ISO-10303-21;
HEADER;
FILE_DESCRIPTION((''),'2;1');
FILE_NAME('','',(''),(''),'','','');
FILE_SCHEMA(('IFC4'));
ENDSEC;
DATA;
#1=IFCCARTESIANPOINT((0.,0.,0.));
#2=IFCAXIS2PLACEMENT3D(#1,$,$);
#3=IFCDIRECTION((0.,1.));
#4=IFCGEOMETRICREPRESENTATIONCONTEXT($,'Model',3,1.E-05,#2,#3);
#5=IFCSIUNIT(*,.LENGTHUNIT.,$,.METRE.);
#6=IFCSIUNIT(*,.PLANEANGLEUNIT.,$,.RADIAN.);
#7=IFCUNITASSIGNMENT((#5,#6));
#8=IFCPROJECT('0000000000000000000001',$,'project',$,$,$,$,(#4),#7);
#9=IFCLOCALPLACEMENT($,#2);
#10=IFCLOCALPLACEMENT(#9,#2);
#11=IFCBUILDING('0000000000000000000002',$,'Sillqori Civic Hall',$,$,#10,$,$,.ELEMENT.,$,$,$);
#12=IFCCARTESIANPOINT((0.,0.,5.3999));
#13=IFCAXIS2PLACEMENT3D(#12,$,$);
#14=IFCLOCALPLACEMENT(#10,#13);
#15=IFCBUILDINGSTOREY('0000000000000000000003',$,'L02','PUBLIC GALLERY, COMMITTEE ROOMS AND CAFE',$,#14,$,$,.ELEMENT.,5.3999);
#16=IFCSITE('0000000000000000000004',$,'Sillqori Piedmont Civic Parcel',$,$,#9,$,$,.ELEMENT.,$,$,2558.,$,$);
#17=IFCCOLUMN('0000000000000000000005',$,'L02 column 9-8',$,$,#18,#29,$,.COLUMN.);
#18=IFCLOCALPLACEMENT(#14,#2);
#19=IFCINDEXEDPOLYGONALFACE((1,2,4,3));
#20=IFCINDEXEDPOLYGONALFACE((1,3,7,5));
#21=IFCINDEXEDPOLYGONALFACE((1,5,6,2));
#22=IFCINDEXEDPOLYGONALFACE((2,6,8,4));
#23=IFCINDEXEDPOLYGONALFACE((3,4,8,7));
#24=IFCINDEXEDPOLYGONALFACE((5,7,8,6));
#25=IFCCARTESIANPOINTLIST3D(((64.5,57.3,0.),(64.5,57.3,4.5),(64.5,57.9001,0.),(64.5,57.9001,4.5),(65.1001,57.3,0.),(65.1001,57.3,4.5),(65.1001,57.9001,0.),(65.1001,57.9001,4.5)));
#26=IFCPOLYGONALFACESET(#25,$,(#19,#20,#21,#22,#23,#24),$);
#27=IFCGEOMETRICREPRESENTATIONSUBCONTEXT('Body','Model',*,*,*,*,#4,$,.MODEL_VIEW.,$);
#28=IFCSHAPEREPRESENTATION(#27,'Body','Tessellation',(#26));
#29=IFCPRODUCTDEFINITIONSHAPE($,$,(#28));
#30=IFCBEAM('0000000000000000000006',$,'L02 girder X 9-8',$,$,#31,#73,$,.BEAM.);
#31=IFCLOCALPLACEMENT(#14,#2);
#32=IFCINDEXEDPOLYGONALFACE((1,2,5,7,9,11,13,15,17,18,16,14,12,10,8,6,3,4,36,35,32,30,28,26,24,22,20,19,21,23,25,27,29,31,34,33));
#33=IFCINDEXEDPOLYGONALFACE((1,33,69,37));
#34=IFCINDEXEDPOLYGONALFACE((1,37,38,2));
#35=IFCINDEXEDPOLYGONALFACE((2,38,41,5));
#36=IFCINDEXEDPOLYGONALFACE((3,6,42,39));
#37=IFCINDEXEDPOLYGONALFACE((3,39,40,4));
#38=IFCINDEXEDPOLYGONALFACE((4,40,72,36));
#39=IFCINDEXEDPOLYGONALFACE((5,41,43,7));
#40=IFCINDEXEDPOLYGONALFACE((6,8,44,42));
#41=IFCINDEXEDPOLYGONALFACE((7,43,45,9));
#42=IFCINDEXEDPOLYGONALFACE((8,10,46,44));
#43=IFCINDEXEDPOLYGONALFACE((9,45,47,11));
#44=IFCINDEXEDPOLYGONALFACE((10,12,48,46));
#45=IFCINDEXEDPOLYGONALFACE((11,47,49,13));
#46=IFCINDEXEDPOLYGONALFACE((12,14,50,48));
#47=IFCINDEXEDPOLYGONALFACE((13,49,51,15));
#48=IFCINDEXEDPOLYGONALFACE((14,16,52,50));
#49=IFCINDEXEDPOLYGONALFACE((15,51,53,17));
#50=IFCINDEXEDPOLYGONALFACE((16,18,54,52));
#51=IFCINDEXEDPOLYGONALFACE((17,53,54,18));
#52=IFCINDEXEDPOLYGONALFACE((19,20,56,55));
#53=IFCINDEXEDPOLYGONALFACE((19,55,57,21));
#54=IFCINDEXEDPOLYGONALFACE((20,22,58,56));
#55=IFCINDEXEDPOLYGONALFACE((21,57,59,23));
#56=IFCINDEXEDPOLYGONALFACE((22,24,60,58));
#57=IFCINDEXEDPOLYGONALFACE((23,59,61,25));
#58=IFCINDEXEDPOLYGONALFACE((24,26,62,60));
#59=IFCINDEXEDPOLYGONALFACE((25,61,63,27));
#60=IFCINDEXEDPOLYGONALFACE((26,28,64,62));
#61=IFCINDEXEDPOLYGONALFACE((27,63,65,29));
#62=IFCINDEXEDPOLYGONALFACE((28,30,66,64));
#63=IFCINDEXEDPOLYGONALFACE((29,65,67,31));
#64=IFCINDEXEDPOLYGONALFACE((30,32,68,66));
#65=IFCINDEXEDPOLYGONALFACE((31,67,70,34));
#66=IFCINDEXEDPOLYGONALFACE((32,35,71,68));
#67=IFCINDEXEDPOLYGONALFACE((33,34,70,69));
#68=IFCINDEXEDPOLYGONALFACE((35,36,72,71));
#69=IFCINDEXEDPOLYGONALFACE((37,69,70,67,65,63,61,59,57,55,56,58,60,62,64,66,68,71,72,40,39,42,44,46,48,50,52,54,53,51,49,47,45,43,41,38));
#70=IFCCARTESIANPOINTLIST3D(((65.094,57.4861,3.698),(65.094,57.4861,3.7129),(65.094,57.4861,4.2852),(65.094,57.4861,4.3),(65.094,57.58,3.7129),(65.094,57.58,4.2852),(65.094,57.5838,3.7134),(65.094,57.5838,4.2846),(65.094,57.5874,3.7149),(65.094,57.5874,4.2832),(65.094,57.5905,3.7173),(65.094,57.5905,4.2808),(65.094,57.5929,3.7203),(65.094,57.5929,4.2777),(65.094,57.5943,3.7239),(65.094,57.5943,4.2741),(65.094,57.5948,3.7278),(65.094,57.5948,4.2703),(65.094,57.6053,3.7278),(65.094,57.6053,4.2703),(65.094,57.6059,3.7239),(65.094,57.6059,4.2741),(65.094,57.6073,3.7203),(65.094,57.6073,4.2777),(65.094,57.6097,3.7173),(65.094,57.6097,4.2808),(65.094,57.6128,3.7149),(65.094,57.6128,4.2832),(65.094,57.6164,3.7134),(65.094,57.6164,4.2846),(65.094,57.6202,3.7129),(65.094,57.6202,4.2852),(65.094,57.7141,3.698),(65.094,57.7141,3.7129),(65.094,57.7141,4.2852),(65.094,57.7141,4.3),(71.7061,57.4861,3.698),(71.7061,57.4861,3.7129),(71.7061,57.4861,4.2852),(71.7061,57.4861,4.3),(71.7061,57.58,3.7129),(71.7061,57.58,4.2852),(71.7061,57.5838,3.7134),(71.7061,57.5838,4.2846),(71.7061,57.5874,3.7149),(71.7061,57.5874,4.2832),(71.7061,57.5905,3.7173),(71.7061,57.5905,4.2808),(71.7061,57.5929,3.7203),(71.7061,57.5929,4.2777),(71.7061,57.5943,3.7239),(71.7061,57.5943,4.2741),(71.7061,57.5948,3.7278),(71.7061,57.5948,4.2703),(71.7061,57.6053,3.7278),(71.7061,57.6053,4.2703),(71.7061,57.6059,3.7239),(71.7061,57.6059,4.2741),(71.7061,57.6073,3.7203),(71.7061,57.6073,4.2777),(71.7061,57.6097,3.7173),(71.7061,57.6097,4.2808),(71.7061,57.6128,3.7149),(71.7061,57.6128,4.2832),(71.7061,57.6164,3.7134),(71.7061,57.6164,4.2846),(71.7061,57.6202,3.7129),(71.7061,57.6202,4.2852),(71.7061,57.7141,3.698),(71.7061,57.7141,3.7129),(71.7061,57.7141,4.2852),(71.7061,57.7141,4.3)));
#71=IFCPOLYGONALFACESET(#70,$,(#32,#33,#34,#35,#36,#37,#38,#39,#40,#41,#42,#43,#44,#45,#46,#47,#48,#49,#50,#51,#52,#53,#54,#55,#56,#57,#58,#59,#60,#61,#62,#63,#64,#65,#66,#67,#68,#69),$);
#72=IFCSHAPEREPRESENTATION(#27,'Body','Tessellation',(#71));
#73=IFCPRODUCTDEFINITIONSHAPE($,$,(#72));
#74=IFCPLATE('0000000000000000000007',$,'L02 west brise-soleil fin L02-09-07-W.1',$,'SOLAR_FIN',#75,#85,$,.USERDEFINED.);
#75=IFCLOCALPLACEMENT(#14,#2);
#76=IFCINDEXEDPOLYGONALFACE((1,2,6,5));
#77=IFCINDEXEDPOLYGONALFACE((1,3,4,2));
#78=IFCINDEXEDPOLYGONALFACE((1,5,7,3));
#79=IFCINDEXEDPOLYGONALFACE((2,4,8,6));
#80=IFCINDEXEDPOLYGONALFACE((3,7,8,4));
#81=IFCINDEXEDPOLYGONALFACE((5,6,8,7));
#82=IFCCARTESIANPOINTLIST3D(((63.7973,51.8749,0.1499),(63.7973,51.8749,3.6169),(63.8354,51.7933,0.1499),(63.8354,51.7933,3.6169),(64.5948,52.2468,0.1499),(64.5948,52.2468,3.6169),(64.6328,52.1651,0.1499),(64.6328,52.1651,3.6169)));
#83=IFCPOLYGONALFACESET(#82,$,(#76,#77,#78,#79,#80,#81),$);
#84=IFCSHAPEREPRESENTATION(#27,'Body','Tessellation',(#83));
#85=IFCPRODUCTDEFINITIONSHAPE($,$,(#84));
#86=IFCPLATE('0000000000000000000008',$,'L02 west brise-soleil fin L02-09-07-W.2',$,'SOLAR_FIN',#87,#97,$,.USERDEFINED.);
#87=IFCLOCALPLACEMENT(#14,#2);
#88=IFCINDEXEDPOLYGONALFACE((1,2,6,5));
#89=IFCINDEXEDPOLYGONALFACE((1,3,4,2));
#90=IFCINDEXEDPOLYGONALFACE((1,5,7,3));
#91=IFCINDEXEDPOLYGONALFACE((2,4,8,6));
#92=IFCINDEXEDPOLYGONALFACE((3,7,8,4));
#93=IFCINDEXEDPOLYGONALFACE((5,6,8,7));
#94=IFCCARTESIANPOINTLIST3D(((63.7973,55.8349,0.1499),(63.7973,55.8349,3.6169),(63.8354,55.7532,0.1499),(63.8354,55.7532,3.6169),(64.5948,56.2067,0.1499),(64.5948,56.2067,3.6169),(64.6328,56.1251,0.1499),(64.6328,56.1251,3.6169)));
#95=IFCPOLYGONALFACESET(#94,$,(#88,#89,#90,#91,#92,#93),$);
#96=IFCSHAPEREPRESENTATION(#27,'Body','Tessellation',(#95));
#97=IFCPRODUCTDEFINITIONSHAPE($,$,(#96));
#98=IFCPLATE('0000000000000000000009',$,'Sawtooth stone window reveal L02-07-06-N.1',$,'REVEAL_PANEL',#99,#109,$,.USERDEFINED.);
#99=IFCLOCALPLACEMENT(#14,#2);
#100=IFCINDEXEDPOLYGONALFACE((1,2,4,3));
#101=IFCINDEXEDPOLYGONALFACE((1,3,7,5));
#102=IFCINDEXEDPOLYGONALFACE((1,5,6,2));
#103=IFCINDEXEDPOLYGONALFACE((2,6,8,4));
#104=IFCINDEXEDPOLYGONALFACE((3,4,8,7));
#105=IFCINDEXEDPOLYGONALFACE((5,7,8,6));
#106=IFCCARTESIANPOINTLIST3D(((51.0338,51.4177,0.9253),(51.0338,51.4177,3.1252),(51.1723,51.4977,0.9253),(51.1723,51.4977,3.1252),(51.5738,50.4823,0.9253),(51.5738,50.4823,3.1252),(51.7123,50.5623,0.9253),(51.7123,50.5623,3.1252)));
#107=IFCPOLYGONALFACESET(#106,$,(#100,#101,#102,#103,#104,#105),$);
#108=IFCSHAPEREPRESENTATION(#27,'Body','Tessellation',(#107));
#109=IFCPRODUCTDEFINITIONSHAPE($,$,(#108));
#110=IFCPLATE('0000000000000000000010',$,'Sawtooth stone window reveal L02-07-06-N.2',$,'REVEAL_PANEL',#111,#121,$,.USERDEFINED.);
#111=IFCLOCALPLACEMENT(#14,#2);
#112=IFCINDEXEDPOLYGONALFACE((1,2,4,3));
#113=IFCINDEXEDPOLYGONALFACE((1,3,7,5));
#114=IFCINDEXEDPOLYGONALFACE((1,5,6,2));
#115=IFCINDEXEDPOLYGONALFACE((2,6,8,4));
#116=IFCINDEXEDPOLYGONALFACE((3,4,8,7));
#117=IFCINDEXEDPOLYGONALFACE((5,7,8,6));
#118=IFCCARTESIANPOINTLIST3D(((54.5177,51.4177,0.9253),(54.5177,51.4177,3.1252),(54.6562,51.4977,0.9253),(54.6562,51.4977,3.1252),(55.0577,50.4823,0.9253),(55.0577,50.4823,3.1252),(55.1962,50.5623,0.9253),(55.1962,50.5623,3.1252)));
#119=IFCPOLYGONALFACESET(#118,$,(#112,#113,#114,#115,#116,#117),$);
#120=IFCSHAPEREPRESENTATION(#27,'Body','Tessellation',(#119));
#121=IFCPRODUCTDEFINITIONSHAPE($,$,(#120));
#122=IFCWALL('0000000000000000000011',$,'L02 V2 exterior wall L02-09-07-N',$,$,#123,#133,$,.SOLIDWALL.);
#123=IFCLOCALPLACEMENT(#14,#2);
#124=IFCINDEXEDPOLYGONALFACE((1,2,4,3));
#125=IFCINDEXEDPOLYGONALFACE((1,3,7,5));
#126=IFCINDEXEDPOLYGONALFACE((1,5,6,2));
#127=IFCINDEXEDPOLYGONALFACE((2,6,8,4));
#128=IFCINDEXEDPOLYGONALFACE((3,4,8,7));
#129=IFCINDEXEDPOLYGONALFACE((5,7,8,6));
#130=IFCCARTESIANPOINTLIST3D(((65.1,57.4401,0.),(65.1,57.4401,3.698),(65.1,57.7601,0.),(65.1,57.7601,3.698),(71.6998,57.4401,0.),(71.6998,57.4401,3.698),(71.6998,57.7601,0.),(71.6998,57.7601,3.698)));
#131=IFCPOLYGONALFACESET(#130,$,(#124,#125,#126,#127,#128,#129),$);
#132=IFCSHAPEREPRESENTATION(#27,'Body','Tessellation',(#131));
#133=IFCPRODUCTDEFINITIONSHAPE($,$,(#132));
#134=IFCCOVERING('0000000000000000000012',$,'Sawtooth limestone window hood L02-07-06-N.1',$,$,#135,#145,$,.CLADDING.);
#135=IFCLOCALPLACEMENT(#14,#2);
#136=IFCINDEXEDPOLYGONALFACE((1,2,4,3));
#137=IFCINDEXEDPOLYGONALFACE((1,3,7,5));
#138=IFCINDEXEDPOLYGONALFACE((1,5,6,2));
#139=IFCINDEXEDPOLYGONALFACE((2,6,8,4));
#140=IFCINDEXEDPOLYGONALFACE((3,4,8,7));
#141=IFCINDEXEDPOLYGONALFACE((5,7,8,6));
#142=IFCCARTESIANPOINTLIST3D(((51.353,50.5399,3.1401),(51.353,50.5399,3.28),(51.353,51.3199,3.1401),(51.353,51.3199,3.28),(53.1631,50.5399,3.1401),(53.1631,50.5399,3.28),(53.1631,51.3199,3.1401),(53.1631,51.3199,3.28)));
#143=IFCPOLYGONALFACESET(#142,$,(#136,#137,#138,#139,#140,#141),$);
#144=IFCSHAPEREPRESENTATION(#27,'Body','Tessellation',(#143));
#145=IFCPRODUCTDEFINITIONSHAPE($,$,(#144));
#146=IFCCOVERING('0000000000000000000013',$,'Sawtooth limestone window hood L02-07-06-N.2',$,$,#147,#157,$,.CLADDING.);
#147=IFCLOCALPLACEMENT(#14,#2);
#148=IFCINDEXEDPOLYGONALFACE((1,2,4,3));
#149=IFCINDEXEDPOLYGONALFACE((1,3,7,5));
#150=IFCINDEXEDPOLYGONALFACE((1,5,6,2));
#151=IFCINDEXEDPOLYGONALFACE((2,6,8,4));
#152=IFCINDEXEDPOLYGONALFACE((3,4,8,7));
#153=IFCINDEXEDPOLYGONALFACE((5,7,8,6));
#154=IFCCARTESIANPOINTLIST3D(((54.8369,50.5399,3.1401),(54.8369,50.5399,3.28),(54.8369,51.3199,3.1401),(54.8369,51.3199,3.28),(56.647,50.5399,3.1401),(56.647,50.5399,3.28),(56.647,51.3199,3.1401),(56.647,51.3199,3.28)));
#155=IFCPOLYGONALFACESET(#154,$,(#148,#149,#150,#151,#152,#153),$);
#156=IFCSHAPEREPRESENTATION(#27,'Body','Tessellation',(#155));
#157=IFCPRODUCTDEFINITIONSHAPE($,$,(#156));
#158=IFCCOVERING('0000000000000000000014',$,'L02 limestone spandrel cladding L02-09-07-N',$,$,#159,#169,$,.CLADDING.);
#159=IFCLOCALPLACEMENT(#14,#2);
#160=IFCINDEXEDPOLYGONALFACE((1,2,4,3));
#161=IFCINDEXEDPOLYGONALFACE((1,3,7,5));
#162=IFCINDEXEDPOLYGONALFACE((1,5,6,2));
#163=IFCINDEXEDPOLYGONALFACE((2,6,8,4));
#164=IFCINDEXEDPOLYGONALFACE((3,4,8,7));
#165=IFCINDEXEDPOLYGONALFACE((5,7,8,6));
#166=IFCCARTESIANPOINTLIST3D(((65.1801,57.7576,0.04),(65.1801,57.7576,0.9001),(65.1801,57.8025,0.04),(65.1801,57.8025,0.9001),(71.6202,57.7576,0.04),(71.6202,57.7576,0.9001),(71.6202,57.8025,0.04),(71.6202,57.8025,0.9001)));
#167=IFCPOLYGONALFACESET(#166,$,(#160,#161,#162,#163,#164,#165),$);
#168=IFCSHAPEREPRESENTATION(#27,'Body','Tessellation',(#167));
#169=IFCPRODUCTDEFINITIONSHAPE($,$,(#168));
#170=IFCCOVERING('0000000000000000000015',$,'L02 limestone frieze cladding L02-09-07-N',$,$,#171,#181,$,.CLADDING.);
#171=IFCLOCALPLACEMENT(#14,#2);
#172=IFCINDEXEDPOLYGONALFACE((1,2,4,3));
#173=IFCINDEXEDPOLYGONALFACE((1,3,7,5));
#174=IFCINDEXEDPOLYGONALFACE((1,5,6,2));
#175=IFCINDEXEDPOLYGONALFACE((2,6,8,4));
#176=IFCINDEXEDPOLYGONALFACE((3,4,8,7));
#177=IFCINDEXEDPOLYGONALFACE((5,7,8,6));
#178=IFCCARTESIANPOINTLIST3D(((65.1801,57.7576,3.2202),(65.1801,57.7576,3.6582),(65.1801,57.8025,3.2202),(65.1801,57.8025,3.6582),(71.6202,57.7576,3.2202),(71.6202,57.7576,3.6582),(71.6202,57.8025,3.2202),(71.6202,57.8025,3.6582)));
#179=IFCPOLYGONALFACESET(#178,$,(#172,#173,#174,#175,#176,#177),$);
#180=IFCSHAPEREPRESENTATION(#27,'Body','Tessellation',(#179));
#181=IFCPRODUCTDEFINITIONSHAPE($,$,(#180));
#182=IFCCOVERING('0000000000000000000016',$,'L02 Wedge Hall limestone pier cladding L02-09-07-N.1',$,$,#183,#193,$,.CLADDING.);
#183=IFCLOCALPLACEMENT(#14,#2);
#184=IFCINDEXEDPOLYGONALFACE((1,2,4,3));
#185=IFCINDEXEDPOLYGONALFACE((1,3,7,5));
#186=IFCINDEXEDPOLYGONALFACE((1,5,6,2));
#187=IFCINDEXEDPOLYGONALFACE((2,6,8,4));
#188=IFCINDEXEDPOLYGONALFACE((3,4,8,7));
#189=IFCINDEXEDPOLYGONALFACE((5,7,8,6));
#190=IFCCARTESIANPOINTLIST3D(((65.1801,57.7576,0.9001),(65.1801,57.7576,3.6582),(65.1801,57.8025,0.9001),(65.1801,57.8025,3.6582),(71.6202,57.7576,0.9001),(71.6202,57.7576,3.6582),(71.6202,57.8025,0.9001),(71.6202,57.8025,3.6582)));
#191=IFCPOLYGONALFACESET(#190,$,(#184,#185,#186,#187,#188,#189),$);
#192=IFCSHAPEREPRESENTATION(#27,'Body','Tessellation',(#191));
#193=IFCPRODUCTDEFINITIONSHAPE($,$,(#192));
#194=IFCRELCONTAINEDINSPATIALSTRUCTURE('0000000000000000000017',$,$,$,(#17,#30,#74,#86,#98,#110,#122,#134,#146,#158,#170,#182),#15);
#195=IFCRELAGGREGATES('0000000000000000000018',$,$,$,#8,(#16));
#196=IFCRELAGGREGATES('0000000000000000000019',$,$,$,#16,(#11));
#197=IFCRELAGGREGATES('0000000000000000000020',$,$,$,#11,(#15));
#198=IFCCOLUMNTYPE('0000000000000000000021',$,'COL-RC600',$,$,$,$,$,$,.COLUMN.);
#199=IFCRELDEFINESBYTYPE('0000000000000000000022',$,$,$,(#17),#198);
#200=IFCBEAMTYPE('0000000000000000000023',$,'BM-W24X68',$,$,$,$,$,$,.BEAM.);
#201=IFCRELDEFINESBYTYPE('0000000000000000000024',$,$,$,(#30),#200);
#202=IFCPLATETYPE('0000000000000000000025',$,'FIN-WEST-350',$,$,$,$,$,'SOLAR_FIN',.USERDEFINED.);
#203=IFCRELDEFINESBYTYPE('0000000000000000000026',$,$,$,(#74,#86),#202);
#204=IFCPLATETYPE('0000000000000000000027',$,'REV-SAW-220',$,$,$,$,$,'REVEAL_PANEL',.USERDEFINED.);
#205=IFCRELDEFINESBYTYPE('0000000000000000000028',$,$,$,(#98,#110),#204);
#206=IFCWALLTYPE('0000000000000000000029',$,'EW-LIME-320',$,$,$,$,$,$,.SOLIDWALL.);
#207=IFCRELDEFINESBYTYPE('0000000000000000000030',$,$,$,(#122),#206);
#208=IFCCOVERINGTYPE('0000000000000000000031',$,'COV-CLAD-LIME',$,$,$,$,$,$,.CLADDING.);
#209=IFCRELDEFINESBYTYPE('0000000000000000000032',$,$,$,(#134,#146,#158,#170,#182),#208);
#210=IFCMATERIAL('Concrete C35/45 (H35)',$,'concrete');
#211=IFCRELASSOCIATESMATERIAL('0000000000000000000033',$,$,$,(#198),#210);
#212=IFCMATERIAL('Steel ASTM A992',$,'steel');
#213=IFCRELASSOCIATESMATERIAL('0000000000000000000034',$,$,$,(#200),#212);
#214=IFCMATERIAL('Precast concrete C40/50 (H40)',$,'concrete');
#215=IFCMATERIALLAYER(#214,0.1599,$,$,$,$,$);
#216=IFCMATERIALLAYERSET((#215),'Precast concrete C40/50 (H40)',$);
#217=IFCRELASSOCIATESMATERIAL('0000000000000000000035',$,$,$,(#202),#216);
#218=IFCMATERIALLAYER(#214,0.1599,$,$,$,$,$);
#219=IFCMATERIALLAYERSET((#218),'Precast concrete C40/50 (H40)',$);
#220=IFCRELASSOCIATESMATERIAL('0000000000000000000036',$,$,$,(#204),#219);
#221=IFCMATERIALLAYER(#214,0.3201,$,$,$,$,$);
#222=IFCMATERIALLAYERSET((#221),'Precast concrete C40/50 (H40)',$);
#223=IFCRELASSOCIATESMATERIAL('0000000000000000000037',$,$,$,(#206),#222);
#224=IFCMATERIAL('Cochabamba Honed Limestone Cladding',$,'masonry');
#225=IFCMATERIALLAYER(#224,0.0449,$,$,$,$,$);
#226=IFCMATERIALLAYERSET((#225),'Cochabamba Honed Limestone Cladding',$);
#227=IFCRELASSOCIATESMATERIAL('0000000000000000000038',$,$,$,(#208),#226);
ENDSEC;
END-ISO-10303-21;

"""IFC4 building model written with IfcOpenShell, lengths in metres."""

from ifc_helpers import new_model, si_unit, direction, frame, frame_2d, origin, origin_2d, place, context, subcontext, project, spatial, rectangle, i_section, extrude, material, layer, layer_set, material_profile, profile_set, type_object, element, save


model = new_model("IFC4")

# Units and contexts
model_context = context("Model", 3, precision=1e-05, world=origin(), true_north=direction((0.0, 1.0)))
body_context = subcontext(model_context, "Body", "Model", "MODEL_VIEW")
ifc_project = project(units=[si_unit("LENGTHUNIT", "METRE"), si_unit("PLANEANGLEUNIT", "RADIAN")], contexts=[model_context])

# Site, building, storey
site_placement = place(None, origin())
site = spatial("IfcSite", under=ifc_project, at=site_placement, Name="Sillqori Piedmont Civic Parcel", CompositionType="ELEMENT", RefElevation=2558.0)
building_placement = place(site_placement, origin())
building = spatial("IfcBuilding", under=site, at=building_placement, Name="Sillqori Civic Hall", CompositionType="ELEMENT")
storey_placement = place(building_placement, frame((0.0, 0.0, 5.3999)))
storey = spatial("IfcBuildingStorey", under=building, at=storey_placement, Name="L02", Description="PUBLIC GALLERY, COMMITTEE ROOMS AND CAFE", CompositionType="ELEMENT", Elevation=5.3999)

# Column
ifc_material_1 = material(Name="Concrete C35/45 (H35)", Category="concrete")
ifc_material_profile_1 = material_profile(ifc_material_1, rectangle(XDim=0.6001, YDim=0.6001, at=origin_2d()), Name="RC 600x600")
ifc_profile_set_1 = profile_set([ifc_material_profile_1], Name="Concrete C35/45 (H35)")
column_type = type_object("IfcColumnType", Name="COL-RC600", PredefinedType="COLUMN", material=ifc_profile_set_1)
column_placement = place(storey_placement, frame((64.8, 57.6001, 0.0), z_axis=(0.0, 0.0, 1.0), x_axis=(1.0, 0.0, 0.0)))
element("IfcColumn", 1, at=column_placement, inside=storey, type_object=column_type, Name="L02 column 9-8", PredefinedType="COLUMN", context=body_context, shape_type="SweptSolid", body=[
    extrude(rectangle(XDim=0.6001, YDim=0.6001, at=origin_2d()), origin(), (0.0, 0.0, 1.0), 4.5),
])

# Beam
ifc_material_2 = material(Name="Steel ASTM A992", Category="steel")
ifc_material_profile_2 = material_profile(ifc_material_2, i_section(OverallWidth=0.228, OverallDepth=0.6021, WebThickness=0.0105, FlangeThickness=0.0149, FilletRadius=0.0149, at=origin_2d()), Name="W24X68")
ifc_profile_set_2 = profile_set([ifc_material_profile_2], Name="Steel ASTM A992")
beam_type = type_object("IfcBeamType", Name="BM-W24X68", PredefinedType="BEAM", material=ifc_profile_set_2)
beam_placement = place(storey_placement, frame((65.094, 57.6001, 3.999), z_axis=(1.0, 0.0, 0.0), x_axis=(0.0, 1.0, 0.0)))
element("IfcBeam", 2, at=beam_placement, inside=storey, type_object=beam_type, Name="L02 girder X 9-8", PredefinedType="BEAM", context=body_context, shape_type="SweptSolid", body=[
    extrude(i_section(OverallWidth=0.228, OverallDepth=0.6021, WebThickness=0.0105, FlangeThickness=0.0149, FilletRadius=0.0149, at=origin_2d()), origin(), (0.0, 0.0, 1.0), 6.6121),
])

# Plates
ifc_material_3 = material(Name="Precast concrete C40/50 (H40)", Category="concrete")
ifc_layer_1 = layer(ifc_material_3, 0.1599)
ifc_layer_set_1 = layer_set([ifc_layer_1], Name="Precast concrete C40/50 (H40)")
plate_type_1 = type_object("IfcPlateType", Name="FIN-WEST-350", ElementType="SOLAR_FIN", PredefinedType="USERDEFINED", material=ifc_layer_set_1)
for number, where, z_axis, x_axis, name in (
    (3, (64.2151, 52.02, 0.1499), (0.0, 0.0, 1.0), (-0.422618, 0.906308, 0.0), "L02 west brise-soleil fin L02-09-07-W.1"),
    (4, (64.2151, 55.98, 0.1499), (0.0, 0.0, 1.0), (-0.422618, 0.906308, 0.0), "L02 west brise-soleil fin L02-09-07-W.2"),
):
    element("IfcPlate", number, at=place(storey_placement, frame(where, z_axis=z_axis, x_axis=x_axis)), inside=storey, type_object=plate_type_1, Name=name, ObjectType="SOLAR_FIN", PredefinedType="USERDEFINED", context=body_context, shape_type="SweptSolid", body=[
        extrude(rectangle(XDim=0.0901, YDim=0.8799, at=origin_2d()), origin(), (0.0, 0.0, 1.0), 3.467),
    ])
ifc_layer_2 = layer(ifc_material_3, 0.1599)
ifc_layer_set_2 = layer_set([ifc_layer_2], Name="Precast concrete C40/50 (H40)")
plate_type_2 = type_object("IfcPlateType", Name="REV-SAW-220", ElementType="REVEAL_PANEL", PredefinedType="USERDEFINED", material=ifc_layer_set_2)
for number, where, z_axis, x_axis, name in (
    (5, (51.373, 50.99, 0.9253), (0.0, 0.0, 1.0), (0.866025, 0.5, 0.0), "Sawtooth stone window reveal L02-07-06-N.1"),
    (6, (54.8569, 50.99, 0.9253), (0.0, 0.0, 1.0), (0.866025, 0.5, 0.0), "Sawtooth stone window reveal L02-07-06-N.2"),
):
    element("IfcPlate", number, at=place(storey_placement, frame(where, z_axis=z_axis, x_axis=x_axis)), inside=storey, type_object=plate_type_2, Name=name, ObjectType="REVEAL_PANEL", PredefinedType="USERDEFINED", context=body_context, shape_type="SweptSolid", body=[
        extrude(rectangle(XDim=0.1599, YDim=1.0801, at=origin_2d()), origin(), (0.0, 0.0, 1.0), 2.2),
    ])

# Wall
ifc_layer_3 = layer(ifc_material_3, 0.3201)
ifc_layer_set_3 = layer_set([ifc_layer_3], Name="Precast concrete C40/50 (H40)")
wall_type = type_object("IfcWallType", Name="EW-LIME-320", PredefinedType="SOLIDWALL", material=ifc_layer_set_3)
wall_placement = place(storey_placement, frame((65.1001, 57.6001, 0.0), z_axis=(0.0, 0.0, 1.0), x_axis=(1.0, 0.0, 0.0)))
element("IfcWall", 7, at=wall_placement, inside=storey, type_object=wall_type, Name="L02 V2 exterior wall L02-09-07-N", PredefinedType="SOLIDWALL", context=body_context, shape_type="SweptSolid", body=[
    extrude(rectangle(XDim=6.5999, YDim=0.3201, at=frame_2d((3.2998, 0.0))), origin(), (0.0, 0.0, 1.0), 3.698),
])

# Coverings
ifc_material_4 = material(Name="Cochabamba Honed Limestone Cladding", Category="masonry")
ifc_layer_4 = layer(ifc_material_4, 0.0449)
ifc_layer_set_4 = layer_set([ifc_layer_4], Name="Cochabamba Honed Limestone Cladding")
covering_type = type_object("IfcCoveringType", Name="COV-CLAD-LIME", PredefinedType="CLADDING", material=ifc_layer_set_4)
for number, where, z_axis, x_axis, name in (
    (8, (51.353, 50.9299, 3.1401), (0.0, 0.0, 1.0), (1.0, 0.0, 0.0), "Sawtooth limestone window hood L02-07-06-N.1"),
    (9, (54.8369, 50.9299, 3.1401), (0.0, 0.0, 1.0), (1.0, 0.0, 0.0), "Sawtooth limestone window hood L02-07-06-N.2"),
):
    element("IfcCovering", number, at=place(storey_placement, frame(where, z_axis=z_axis, x_axis=x_axis)), inside=storey, type_object=covering_type, Name=name, PredefinedType="CLADDING", context=body_context, shape_type="SweptSolid", body=[
        extrude(rectangle(XDim=1.8101, YDim=0.78, at=frame_2d((0.905, 0.0))), origin(), (0.0, 0.0, 1.0), 0.1399),
    ])
covering_1_placement = place(storey_placement, frame((65.1799, 57.78, 0.04), z_axis=(0.0, 0.0, 1.0), x_axis=(1.0, 0.0, 0.0)))
element("IfcCovering", 10, at=covering_1_placement, inside=storey, type_object=covering_type, Name="L02 limestone spandrel cladding L02-09-07-N", PredefinedType="CLADDING", context=body_context, shape_type="SweptSolid", body=[
    extrude(rectangle(XDim=6.4402, YDim=0.0449, at=frame_2d((3.2202, 0.0))), origin(), (0.0, 0.0, 1.0), 0.8601),
])
covering_2_placement = place(storey_placement, frame((65.1799, 57.78, 3.2202), z_axis=(0.0, 0.0, 1.0), x_axis=(1.0, 0.0, 0.0)))
element("IfcCovering", 11, at=covering_2_placement, inside=storey, type_object=covering_type, Name="L02 limestone frieze cladding L02-09-07-N", PredefinedType="CLADDING", context=body_context, shape_type="SweptSolid", body=[
    extrude(rectangle(XDim=6.4402, YDim=0.0449, at=frame_2d((3.2202, 0.0))), origin(), (0.0, 0.0, 1.0), 0.438),
])
covering_3_placement = place(storey_placement, frame((65.1799, 57.78, 0.9001), z_axis=(0.0, 0.0, 1.0), x_axis=(1.0, 0.0, 0.0)))
element("IfcCovering", 12, at=covering_3_placement, inside=storey, type_object=covering_type, Name="L02 Wedge Hall limestone pier cladding L02-09-07-N.1", PredefinedType="CLADDING", context=body_context, shape_type="SweptSolid", body=[
    extrude(rectangle(XDim=6.4402, YDim=0.0449, at=frame_2d((3.2202, 0.0))), origin(), (0.0, 0.0, 1.0), 2.7581),
])

save(model, "model.ifc")
